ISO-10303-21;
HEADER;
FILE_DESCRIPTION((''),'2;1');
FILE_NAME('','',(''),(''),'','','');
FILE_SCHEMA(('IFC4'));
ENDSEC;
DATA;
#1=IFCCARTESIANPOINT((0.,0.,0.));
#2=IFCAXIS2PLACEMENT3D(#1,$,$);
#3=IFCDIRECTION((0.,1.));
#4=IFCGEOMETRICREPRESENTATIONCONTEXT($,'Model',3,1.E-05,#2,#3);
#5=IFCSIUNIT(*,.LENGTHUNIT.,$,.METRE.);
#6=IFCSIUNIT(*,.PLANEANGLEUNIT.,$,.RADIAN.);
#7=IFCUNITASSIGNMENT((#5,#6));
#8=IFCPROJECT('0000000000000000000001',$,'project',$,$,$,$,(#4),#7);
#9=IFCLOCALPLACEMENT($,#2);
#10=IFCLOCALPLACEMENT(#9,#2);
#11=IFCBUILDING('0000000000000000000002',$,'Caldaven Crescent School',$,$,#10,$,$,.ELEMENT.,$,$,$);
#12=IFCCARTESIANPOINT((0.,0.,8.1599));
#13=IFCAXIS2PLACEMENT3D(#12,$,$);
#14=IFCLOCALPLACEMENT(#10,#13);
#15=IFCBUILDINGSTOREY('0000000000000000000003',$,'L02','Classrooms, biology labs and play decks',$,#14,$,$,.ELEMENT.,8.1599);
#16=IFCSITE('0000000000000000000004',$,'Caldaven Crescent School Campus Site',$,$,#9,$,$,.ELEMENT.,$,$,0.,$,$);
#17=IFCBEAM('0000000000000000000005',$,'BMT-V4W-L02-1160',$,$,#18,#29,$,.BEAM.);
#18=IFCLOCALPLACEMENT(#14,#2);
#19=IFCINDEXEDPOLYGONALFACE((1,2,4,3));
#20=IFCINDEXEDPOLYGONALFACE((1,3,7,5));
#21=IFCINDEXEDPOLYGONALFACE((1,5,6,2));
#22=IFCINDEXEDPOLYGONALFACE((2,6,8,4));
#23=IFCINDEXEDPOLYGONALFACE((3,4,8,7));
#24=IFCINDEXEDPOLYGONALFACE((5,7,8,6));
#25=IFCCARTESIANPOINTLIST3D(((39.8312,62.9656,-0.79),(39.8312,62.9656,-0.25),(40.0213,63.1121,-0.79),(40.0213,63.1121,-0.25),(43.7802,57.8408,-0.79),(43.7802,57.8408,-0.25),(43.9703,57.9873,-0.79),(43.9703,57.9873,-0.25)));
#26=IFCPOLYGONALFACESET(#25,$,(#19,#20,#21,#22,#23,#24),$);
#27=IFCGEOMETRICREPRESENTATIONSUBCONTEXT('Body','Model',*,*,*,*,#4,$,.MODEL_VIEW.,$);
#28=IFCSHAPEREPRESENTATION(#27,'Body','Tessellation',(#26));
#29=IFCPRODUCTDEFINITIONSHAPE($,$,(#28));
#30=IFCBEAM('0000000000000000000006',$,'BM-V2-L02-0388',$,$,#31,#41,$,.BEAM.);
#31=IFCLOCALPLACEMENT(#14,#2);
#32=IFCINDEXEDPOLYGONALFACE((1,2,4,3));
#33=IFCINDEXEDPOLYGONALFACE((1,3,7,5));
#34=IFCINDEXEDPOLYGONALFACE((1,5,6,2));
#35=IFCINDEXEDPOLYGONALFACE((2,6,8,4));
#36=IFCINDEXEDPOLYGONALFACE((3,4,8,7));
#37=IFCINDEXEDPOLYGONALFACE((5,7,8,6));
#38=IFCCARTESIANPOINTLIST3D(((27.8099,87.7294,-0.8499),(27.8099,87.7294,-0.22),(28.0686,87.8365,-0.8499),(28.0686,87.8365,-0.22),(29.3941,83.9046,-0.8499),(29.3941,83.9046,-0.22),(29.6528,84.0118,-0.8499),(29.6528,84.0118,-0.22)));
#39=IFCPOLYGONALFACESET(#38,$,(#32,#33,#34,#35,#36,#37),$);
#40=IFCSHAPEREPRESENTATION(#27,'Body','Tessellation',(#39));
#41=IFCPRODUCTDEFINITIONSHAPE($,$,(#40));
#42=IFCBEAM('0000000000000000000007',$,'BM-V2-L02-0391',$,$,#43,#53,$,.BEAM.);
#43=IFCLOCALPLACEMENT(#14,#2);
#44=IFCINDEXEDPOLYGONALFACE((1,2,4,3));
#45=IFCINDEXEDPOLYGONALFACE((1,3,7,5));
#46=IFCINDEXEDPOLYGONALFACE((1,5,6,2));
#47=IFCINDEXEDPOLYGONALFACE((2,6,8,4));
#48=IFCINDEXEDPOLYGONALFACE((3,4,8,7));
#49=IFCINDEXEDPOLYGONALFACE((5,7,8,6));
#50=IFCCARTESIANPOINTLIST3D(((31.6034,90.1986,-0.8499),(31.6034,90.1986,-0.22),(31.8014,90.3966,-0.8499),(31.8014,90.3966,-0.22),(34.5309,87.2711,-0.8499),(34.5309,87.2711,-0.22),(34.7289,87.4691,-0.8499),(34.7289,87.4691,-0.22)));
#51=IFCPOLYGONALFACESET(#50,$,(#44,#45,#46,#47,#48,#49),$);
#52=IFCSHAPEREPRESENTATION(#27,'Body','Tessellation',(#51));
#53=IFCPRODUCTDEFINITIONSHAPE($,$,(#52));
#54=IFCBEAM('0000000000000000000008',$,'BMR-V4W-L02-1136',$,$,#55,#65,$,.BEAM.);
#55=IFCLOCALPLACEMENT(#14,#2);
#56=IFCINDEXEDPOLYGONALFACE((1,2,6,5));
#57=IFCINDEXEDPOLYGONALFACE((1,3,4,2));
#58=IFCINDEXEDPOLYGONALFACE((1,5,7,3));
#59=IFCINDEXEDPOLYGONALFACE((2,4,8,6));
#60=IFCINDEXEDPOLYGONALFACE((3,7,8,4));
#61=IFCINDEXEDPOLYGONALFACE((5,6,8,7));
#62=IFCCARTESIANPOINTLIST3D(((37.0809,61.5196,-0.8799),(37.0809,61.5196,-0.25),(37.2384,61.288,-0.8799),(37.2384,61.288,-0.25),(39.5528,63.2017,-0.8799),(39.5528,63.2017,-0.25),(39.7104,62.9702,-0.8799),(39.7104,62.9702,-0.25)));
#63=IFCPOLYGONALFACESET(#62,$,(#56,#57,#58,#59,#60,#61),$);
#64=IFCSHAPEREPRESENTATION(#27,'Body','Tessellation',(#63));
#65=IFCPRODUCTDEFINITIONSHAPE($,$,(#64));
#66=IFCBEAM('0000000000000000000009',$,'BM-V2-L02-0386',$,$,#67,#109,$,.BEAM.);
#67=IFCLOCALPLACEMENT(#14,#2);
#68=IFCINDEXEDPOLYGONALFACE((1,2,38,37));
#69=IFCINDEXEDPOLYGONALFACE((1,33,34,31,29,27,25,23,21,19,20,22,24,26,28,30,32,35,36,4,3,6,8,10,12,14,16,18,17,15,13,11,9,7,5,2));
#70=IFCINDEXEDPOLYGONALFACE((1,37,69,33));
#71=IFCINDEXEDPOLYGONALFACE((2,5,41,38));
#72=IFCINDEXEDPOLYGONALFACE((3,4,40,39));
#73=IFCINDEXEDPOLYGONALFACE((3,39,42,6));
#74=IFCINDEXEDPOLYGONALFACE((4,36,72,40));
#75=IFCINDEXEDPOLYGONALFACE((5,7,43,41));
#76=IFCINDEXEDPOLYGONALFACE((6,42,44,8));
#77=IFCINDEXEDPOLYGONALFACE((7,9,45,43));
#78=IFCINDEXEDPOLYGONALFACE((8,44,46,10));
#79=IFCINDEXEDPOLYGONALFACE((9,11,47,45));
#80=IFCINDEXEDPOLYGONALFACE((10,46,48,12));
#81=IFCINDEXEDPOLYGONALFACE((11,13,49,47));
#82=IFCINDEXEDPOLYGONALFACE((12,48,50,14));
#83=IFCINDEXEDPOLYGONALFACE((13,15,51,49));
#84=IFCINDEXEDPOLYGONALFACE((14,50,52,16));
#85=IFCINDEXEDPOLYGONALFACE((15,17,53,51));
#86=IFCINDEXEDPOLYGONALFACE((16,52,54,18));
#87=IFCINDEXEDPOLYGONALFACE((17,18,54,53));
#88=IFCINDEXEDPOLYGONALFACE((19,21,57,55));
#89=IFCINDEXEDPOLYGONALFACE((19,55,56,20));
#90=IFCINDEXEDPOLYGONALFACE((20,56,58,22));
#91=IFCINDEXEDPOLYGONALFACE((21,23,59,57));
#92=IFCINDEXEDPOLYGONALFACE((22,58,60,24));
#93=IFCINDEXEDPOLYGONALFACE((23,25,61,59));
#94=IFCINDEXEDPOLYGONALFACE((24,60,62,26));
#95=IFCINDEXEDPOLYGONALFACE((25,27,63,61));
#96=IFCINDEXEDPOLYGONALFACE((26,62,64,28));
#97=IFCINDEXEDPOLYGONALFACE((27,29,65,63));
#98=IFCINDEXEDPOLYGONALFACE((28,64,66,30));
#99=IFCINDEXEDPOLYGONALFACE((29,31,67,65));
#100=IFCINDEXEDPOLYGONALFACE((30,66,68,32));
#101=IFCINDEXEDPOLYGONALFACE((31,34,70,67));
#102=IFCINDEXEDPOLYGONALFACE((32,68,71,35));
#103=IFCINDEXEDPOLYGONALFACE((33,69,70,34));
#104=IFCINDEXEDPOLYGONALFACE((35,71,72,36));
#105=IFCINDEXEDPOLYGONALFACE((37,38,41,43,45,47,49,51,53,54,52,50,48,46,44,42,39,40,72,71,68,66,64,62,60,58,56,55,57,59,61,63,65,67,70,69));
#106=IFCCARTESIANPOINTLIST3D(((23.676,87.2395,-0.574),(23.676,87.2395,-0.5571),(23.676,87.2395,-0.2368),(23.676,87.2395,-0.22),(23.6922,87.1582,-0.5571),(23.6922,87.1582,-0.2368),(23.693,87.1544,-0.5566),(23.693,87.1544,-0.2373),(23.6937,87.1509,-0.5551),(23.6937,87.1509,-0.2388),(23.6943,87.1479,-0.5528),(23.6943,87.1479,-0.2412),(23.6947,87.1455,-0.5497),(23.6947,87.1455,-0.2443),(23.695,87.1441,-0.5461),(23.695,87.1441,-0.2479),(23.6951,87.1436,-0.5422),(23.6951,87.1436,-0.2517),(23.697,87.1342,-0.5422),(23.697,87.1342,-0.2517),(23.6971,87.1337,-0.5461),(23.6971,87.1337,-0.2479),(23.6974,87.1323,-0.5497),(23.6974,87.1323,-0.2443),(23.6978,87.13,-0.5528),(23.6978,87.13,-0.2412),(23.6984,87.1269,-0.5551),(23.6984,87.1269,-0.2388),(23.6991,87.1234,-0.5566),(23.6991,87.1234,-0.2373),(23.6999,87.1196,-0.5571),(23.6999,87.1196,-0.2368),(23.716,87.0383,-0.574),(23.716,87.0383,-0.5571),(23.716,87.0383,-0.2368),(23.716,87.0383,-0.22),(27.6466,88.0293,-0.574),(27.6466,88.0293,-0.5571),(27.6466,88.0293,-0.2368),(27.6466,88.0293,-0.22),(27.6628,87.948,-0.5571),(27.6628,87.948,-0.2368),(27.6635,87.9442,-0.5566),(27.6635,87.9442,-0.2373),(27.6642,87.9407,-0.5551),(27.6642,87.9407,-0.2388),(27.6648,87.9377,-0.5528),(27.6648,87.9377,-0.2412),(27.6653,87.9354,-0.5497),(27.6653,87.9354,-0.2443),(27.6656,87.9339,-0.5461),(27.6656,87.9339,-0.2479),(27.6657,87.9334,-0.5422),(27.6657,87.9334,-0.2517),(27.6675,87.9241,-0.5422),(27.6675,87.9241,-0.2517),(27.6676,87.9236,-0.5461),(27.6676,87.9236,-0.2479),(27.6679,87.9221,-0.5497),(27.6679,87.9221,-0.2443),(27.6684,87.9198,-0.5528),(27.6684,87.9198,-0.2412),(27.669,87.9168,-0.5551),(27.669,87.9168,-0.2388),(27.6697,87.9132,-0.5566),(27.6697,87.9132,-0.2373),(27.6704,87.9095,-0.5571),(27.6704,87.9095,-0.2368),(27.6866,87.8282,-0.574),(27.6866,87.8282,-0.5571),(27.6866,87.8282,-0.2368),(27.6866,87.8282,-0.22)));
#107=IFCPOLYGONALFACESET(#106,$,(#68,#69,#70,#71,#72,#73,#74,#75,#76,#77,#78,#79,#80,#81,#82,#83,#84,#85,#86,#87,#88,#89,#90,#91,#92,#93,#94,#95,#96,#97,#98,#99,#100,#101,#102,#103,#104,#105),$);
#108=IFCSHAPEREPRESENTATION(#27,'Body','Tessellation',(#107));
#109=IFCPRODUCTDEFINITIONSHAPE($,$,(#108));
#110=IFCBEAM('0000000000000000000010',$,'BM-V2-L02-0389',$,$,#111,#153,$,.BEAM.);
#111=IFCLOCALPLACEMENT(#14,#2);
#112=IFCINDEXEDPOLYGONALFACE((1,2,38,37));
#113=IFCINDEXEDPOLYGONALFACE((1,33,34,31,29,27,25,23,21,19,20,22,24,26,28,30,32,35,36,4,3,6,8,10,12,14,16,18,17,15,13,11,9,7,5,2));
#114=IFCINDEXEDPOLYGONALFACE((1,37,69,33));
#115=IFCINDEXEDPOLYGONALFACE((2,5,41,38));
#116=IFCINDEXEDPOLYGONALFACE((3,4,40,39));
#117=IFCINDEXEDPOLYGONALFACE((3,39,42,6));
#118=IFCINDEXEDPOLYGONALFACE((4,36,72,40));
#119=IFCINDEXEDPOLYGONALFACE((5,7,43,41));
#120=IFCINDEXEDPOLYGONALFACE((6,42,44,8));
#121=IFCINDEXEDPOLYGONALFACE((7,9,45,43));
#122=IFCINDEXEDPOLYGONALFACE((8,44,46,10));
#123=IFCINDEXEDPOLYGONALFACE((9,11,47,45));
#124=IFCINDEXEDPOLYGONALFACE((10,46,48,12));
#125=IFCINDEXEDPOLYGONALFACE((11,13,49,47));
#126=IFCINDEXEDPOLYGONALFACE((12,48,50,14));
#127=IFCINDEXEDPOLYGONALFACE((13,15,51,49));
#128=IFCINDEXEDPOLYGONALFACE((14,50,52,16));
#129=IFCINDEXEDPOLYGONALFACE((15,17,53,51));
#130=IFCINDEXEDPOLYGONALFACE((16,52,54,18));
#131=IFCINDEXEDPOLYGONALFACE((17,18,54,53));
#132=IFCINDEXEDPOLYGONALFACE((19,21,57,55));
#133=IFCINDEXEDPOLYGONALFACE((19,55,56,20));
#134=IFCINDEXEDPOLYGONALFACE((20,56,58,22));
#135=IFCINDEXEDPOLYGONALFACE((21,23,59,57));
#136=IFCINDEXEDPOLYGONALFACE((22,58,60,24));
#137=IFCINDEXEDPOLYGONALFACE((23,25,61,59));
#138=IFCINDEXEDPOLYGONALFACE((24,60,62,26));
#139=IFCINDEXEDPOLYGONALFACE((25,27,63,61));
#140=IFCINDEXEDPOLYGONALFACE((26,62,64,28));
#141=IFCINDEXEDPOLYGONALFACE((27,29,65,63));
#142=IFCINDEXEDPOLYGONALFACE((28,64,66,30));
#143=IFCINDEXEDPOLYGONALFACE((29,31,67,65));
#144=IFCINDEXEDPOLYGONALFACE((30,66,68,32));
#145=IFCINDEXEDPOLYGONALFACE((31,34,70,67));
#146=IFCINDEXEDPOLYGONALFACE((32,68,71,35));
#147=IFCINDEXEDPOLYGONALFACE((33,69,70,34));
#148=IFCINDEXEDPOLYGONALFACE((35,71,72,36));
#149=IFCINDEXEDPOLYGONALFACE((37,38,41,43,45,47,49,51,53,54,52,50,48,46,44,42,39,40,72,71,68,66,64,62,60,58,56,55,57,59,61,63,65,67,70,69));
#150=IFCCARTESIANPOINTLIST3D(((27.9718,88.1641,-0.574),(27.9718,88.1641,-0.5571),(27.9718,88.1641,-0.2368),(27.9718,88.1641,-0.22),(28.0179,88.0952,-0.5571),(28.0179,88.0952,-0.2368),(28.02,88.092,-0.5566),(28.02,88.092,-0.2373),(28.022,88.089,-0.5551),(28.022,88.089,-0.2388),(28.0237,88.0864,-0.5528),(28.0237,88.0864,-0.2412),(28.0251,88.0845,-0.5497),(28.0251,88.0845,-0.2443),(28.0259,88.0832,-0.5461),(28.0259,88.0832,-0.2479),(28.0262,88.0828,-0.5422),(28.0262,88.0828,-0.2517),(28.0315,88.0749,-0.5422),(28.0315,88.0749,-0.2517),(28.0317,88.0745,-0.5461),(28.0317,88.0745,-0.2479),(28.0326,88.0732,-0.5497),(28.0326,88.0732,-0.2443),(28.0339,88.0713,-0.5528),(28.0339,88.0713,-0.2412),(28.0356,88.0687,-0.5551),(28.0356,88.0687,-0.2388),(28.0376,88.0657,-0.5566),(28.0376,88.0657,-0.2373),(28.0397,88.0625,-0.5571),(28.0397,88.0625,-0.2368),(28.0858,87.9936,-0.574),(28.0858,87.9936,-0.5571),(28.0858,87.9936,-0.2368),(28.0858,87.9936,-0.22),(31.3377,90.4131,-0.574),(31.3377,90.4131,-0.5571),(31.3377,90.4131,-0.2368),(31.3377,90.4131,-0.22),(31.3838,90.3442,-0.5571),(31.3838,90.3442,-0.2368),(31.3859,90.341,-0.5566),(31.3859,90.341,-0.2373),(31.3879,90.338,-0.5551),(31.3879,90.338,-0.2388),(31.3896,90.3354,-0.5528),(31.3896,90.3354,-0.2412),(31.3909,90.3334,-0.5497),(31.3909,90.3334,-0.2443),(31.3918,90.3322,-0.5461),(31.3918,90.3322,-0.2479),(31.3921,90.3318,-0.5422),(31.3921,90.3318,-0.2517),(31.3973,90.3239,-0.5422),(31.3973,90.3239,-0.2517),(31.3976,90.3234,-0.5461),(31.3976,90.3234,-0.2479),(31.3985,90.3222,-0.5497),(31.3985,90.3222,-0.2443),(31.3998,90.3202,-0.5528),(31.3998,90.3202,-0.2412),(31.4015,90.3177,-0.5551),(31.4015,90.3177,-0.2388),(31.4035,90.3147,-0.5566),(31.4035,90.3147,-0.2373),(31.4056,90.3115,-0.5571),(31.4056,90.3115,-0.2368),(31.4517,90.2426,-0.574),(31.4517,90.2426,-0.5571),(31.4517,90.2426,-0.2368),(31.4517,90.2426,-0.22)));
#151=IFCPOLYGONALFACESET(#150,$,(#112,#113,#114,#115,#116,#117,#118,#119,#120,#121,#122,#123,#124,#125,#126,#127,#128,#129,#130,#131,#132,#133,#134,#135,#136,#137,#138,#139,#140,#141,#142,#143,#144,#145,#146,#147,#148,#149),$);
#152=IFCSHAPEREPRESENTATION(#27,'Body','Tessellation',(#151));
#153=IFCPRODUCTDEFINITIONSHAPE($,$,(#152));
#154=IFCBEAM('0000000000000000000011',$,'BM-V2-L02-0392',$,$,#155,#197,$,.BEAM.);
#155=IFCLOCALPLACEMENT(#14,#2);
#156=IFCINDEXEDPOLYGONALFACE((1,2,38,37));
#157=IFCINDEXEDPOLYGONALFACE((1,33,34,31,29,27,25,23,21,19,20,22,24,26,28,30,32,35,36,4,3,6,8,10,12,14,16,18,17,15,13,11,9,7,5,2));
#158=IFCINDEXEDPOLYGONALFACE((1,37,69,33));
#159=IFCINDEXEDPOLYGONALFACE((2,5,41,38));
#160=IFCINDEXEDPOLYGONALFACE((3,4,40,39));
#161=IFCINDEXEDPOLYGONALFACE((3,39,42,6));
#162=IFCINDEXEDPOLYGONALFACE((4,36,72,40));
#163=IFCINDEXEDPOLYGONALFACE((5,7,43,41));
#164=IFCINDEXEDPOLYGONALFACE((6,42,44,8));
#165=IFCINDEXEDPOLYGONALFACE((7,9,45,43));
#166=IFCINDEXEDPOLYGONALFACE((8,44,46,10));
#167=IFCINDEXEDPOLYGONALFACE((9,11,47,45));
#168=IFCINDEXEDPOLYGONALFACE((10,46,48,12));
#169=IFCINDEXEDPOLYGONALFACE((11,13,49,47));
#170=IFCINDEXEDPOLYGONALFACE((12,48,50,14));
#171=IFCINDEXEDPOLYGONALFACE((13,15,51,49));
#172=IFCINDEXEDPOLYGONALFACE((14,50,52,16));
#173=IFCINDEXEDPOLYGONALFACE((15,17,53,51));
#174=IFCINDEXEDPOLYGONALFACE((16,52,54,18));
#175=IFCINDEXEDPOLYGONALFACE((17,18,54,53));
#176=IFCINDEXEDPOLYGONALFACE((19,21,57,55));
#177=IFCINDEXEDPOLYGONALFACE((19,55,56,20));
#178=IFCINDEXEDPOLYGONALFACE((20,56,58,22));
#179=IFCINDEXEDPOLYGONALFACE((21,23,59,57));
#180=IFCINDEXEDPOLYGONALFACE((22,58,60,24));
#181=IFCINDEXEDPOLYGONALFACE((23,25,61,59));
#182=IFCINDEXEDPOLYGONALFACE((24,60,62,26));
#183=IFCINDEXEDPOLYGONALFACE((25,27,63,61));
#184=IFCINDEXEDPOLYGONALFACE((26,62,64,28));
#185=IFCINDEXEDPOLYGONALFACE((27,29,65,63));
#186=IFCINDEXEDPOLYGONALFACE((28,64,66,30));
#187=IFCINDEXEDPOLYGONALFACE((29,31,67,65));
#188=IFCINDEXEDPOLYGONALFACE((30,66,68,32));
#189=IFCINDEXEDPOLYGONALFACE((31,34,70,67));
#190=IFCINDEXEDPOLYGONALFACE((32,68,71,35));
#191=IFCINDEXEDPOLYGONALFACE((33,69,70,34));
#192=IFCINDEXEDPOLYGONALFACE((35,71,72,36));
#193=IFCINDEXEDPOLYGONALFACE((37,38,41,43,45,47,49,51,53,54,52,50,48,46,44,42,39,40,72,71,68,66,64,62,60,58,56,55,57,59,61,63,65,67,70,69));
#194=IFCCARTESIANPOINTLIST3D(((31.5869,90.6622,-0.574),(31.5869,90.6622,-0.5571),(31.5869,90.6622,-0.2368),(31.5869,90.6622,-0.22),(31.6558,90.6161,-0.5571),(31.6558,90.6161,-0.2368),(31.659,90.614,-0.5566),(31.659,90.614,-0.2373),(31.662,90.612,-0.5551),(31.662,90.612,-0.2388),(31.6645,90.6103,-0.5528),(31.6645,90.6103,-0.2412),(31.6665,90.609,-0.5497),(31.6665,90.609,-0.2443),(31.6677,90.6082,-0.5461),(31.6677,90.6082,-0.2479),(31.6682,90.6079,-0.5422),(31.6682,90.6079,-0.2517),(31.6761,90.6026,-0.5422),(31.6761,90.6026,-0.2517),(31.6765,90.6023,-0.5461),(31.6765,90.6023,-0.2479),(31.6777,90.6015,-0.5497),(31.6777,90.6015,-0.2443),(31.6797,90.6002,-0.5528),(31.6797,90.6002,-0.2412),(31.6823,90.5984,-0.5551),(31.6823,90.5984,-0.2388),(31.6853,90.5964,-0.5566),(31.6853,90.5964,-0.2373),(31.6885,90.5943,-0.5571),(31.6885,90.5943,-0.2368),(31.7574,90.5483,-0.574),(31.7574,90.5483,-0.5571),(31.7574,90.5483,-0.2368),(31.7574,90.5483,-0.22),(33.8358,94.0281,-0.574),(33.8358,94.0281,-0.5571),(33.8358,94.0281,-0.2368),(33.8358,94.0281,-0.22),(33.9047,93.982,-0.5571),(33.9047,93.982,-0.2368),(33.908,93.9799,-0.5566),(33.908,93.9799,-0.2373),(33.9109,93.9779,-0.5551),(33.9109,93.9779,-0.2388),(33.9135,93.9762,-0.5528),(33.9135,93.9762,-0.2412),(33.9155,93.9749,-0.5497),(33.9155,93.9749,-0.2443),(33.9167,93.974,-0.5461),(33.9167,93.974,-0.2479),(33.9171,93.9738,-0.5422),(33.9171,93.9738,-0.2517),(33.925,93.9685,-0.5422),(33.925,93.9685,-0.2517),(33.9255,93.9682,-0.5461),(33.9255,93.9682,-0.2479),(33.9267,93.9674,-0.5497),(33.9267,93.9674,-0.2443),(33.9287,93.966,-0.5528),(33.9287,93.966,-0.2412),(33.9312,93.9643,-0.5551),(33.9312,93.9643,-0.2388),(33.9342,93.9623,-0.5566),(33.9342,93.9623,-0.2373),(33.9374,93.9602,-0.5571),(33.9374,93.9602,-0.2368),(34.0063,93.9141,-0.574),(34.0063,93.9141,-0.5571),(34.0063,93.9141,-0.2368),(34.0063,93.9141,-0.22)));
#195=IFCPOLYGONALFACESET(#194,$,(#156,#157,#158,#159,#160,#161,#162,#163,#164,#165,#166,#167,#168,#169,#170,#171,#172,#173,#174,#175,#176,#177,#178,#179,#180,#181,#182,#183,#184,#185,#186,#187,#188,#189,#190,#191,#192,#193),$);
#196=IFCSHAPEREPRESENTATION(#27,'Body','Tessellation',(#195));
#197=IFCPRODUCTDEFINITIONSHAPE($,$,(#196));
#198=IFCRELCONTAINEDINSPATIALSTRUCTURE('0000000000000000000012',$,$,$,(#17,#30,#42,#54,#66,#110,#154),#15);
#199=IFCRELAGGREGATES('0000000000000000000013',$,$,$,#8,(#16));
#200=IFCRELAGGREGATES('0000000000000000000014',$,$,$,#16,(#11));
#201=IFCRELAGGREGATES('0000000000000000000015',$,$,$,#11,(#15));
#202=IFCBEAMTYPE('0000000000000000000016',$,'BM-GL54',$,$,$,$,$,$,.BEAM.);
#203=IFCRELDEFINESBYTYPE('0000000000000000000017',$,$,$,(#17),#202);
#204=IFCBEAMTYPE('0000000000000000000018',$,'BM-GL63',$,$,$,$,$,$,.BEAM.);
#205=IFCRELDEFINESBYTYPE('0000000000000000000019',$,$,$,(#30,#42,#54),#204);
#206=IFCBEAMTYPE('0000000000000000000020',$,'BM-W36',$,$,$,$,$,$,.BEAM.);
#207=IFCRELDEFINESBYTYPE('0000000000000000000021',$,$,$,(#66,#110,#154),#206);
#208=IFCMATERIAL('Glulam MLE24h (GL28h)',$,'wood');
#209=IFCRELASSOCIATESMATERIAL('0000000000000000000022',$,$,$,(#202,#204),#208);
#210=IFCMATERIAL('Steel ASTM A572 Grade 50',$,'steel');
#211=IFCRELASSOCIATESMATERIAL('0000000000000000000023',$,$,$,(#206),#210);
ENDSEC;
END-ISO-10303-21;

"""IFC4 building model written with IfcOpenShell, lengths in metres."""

from ifc_helpers import new_model, si_unit, direction, frame, origin, origin_2d, place, context, subcontext, project, spatial, rectangle, i_section, extrude, material, material_profile, profile_set, type_object, element, save


model = new_model("IFC4")

# Units and contexts
model_context = context("Model", 3, precision=1e-05, world=origin(), true_north=direction((0.0, 1.0)))
body_context = subcontext(model_context, "Body", "Model", "MODEL_VIEW")
ifc_project = project(units=[si_unit("LENGTHUNIT", "METRE"), si_unit("PLANEANGLEUNIT", "RADIAN")], contexts=[model_context])

# Site, building, storey
site_placement = place(None, origin())
site = spatial("IfcSite", under=ifc_project, at=site_placement, Name="Caldaven Crescent School Campus Site", CompositionType="ELEMENT", RefElevation=0.0)
building_placement = place(site_placement, origin())
building = spatial("IfcBuilding", under=site, at=building_placement, Name="Caldaven Crescent School", CompositionType="ELEMENT")
storey_placement = place(building_placement, frame((0.0, 0.0, 8.1599)))
storey = spatial("IfcBuildingStorey", under=building, at=storey_placement, Name="L02", Description="Classrooms, biology labs and play decks", CompositionType="ELEMENT", Elevation=8.1599)

# Beams
ifc_material_1 = material(Name="Glulam MLE24h (GL28h)", Category="wood")
ifc_material_profile_1 = material_profile(ifc_material_1, rectangle(XDim=0.24, YDim=0.54, at=origin_2d()), Name="MLE 240x540")
ifc_profile_set_1 = profile_set([ifc_material_profile_1], Name="Glulam MLE24h (GL28h)")
beam_type_1 = type_object("IfcBeamType", Name="BM-GL54", PredefinedType="BEAM", material=ifc_profile_set_1)
beam_1_placement = place(storey_placement, frame((39.9263, 63.0388, -0.52), z_axis=(0.610376, -0.792112, 0.0), x_axis=(0.792112, 0.610376, 0.0)))
element("IfcBeam", 1, at=beam_1_placement, inside=storey, type_object=beam_type_1, Name="BMT-V4W-L02-1160", PredefinedType="BEAM", context=body_context, shape_type="SweptSolid", body=[
    extrude(rectangle(XDim=0.24, YDim=0.54, at=origin_2d()), origin(), (0.0, 0.0, 1.0), 6.4697),
])
ifc_material_profile_2 = material_profile(ifc_material_1, rectangle(XDim=0.28, YDim=0.6299, at=origin_2d()), Name="MLE 280x630")
ifc_profile_set_2 = profile_set([ifc_material_profile_2], Name="Glulam MLE24h (GL28h)")
beam_type_2 = type_object("IfcBeamType", Name="BM-GL63", PredefinedType="BEAM", material=ifc_profile_set_2)
beam_2_placement = place(storey_placement, frame((27.9392, 87.783, -0.5349), z_axis=(0.38268, -0.923881, 0.0), x_axis=(0.923881, 0.38268, 0.0)))
element("IfcBeam", 2, at=beam_2_placement, inside=storey, type_object=beam_type_2, Name="BM-V2-L02-0388", PredefinedType="BEAM", context=body_context, shape_type="SweptSolid", body=[
    extrude(rectangle(XDim=0.28, YDim=0.6299, at=origin_2d()), origin(), (0.0, 0.0, 1.0), 4.1399),
])
beam_3_placement = place(storey_placement, frame((31.7024, 90.2976, -0.5349), z_axis=(0.707107, -0.707107, 0.0), x_axis=(0.707107, 0.707107, 0.0)))
element("IfcBeam", 3, at=beam_3_placement, inside=storey, type_object=beam_type_2, Name="BM-V2-L02-0391", PredefinedType="BEAM", context=body_context, shape_type="SweptSolid", body=[
    extrude(rectangle(XDim=0.28, YDim=0.6299, at=origin_2d()), origin(), (0.0, 0.0, 1.0), 4.1401),
])
beam_4_placement = place(storey_placement, frame((39.6316, 63.0859, -0.5649), z_axis=(-0.826737, -0.562589, 0.0), x_axis=(0.562589, -0.826737, 0.0)))
element("IfcBeam", 4, at=beam_4_placement, inside=storey, type_object=beam_type_2, Name="BMR-V4W-L02-1136", PredefinedType="BEAM", context=body_context, shape_type="SweptSolid", body=[
    extrude(rectangle(XDim=0.28, YDim=0.6299, at=origin_2d()), origin(), (0.0, 0.0, 1.0), 2.99),
])
ifc_material_2 = material(Name="Steel ASTM A572 Grade 50", Category="steel")
ifc_material_profile_3 = material_profile(ifc_material_2, i_section(OverallWidth=0.2051, OverallDepth=0.354, WebThickness=0.0095, FlangeThickness=0.0168, FilletRadius=0.0149, at=origin_2d()), Name="W360x79")
ifc_profile_set_3 = profile_set([ifc_material_profile_3], Name="Steel ASTM A572 Grade 50")
beam_type_3 = type_object("IfcBeamType", Name="BM-W36", PredefinedType="BEAM", material=ifc_profile_set_3)
beam_5_placement = place(storey_placement, frame((23.696, 87.1389, -0.397), z_axis=(0.980784, 0.195095, 0.0), x_axis=(-0.195095, 0.980784, 0.0)))
element("IfcBeam", 5, at=beam_5_placement, inside=storey, type_object=beam_type_3, Name="BM-V2-L02-0386", PredefinedType="BEAM", context=body_context, shape_type="SweptSolid", body=[
    extrude(i_section(OverallWidth=0.2051, OverallDepth=0.354, WebThickness=0.0095, FlangeThickness=0.0168, FilletRadius=0.0149, at=origin_2d()), origin(), (0.0, 0.0, 1.0), 4.0483),
])
for number, where, z_axis, x_axis, name in (
    (6, (28.0288, 88.0789, -0.397), (0.831475, 0.555563, 0.0), (-0.555563, 0.831475, 0.0), "BM-V2-L02-0389"),
    (7, (31.6721, 90.6052, -0.397), (0.555563, 0.831475, 0.0), (-0.831475, 0.555563, 0.0), "BM-V2-L02-0392"),
):
    element("IfcBeam", number, at=place(storey_placement, frame(where, z_axis=z_axis, x_axis=x_axis)), inside=storey, type_object=beam_type_3, Name=name, PredefinedType="BEAM", context=body_context, shape_type="SweptSolid", body=[
        extrude(i_section(OverallWidth=0.2051, OverallDepth=0.354, WebThickness=0.0095, FlangeThickness=0.0168, FilletRadius=0.0149, at=origin_2d()), origin(), (0.0, 0.0, 1.0), 4.0481),
    ])

save(model, "model.ifc")
